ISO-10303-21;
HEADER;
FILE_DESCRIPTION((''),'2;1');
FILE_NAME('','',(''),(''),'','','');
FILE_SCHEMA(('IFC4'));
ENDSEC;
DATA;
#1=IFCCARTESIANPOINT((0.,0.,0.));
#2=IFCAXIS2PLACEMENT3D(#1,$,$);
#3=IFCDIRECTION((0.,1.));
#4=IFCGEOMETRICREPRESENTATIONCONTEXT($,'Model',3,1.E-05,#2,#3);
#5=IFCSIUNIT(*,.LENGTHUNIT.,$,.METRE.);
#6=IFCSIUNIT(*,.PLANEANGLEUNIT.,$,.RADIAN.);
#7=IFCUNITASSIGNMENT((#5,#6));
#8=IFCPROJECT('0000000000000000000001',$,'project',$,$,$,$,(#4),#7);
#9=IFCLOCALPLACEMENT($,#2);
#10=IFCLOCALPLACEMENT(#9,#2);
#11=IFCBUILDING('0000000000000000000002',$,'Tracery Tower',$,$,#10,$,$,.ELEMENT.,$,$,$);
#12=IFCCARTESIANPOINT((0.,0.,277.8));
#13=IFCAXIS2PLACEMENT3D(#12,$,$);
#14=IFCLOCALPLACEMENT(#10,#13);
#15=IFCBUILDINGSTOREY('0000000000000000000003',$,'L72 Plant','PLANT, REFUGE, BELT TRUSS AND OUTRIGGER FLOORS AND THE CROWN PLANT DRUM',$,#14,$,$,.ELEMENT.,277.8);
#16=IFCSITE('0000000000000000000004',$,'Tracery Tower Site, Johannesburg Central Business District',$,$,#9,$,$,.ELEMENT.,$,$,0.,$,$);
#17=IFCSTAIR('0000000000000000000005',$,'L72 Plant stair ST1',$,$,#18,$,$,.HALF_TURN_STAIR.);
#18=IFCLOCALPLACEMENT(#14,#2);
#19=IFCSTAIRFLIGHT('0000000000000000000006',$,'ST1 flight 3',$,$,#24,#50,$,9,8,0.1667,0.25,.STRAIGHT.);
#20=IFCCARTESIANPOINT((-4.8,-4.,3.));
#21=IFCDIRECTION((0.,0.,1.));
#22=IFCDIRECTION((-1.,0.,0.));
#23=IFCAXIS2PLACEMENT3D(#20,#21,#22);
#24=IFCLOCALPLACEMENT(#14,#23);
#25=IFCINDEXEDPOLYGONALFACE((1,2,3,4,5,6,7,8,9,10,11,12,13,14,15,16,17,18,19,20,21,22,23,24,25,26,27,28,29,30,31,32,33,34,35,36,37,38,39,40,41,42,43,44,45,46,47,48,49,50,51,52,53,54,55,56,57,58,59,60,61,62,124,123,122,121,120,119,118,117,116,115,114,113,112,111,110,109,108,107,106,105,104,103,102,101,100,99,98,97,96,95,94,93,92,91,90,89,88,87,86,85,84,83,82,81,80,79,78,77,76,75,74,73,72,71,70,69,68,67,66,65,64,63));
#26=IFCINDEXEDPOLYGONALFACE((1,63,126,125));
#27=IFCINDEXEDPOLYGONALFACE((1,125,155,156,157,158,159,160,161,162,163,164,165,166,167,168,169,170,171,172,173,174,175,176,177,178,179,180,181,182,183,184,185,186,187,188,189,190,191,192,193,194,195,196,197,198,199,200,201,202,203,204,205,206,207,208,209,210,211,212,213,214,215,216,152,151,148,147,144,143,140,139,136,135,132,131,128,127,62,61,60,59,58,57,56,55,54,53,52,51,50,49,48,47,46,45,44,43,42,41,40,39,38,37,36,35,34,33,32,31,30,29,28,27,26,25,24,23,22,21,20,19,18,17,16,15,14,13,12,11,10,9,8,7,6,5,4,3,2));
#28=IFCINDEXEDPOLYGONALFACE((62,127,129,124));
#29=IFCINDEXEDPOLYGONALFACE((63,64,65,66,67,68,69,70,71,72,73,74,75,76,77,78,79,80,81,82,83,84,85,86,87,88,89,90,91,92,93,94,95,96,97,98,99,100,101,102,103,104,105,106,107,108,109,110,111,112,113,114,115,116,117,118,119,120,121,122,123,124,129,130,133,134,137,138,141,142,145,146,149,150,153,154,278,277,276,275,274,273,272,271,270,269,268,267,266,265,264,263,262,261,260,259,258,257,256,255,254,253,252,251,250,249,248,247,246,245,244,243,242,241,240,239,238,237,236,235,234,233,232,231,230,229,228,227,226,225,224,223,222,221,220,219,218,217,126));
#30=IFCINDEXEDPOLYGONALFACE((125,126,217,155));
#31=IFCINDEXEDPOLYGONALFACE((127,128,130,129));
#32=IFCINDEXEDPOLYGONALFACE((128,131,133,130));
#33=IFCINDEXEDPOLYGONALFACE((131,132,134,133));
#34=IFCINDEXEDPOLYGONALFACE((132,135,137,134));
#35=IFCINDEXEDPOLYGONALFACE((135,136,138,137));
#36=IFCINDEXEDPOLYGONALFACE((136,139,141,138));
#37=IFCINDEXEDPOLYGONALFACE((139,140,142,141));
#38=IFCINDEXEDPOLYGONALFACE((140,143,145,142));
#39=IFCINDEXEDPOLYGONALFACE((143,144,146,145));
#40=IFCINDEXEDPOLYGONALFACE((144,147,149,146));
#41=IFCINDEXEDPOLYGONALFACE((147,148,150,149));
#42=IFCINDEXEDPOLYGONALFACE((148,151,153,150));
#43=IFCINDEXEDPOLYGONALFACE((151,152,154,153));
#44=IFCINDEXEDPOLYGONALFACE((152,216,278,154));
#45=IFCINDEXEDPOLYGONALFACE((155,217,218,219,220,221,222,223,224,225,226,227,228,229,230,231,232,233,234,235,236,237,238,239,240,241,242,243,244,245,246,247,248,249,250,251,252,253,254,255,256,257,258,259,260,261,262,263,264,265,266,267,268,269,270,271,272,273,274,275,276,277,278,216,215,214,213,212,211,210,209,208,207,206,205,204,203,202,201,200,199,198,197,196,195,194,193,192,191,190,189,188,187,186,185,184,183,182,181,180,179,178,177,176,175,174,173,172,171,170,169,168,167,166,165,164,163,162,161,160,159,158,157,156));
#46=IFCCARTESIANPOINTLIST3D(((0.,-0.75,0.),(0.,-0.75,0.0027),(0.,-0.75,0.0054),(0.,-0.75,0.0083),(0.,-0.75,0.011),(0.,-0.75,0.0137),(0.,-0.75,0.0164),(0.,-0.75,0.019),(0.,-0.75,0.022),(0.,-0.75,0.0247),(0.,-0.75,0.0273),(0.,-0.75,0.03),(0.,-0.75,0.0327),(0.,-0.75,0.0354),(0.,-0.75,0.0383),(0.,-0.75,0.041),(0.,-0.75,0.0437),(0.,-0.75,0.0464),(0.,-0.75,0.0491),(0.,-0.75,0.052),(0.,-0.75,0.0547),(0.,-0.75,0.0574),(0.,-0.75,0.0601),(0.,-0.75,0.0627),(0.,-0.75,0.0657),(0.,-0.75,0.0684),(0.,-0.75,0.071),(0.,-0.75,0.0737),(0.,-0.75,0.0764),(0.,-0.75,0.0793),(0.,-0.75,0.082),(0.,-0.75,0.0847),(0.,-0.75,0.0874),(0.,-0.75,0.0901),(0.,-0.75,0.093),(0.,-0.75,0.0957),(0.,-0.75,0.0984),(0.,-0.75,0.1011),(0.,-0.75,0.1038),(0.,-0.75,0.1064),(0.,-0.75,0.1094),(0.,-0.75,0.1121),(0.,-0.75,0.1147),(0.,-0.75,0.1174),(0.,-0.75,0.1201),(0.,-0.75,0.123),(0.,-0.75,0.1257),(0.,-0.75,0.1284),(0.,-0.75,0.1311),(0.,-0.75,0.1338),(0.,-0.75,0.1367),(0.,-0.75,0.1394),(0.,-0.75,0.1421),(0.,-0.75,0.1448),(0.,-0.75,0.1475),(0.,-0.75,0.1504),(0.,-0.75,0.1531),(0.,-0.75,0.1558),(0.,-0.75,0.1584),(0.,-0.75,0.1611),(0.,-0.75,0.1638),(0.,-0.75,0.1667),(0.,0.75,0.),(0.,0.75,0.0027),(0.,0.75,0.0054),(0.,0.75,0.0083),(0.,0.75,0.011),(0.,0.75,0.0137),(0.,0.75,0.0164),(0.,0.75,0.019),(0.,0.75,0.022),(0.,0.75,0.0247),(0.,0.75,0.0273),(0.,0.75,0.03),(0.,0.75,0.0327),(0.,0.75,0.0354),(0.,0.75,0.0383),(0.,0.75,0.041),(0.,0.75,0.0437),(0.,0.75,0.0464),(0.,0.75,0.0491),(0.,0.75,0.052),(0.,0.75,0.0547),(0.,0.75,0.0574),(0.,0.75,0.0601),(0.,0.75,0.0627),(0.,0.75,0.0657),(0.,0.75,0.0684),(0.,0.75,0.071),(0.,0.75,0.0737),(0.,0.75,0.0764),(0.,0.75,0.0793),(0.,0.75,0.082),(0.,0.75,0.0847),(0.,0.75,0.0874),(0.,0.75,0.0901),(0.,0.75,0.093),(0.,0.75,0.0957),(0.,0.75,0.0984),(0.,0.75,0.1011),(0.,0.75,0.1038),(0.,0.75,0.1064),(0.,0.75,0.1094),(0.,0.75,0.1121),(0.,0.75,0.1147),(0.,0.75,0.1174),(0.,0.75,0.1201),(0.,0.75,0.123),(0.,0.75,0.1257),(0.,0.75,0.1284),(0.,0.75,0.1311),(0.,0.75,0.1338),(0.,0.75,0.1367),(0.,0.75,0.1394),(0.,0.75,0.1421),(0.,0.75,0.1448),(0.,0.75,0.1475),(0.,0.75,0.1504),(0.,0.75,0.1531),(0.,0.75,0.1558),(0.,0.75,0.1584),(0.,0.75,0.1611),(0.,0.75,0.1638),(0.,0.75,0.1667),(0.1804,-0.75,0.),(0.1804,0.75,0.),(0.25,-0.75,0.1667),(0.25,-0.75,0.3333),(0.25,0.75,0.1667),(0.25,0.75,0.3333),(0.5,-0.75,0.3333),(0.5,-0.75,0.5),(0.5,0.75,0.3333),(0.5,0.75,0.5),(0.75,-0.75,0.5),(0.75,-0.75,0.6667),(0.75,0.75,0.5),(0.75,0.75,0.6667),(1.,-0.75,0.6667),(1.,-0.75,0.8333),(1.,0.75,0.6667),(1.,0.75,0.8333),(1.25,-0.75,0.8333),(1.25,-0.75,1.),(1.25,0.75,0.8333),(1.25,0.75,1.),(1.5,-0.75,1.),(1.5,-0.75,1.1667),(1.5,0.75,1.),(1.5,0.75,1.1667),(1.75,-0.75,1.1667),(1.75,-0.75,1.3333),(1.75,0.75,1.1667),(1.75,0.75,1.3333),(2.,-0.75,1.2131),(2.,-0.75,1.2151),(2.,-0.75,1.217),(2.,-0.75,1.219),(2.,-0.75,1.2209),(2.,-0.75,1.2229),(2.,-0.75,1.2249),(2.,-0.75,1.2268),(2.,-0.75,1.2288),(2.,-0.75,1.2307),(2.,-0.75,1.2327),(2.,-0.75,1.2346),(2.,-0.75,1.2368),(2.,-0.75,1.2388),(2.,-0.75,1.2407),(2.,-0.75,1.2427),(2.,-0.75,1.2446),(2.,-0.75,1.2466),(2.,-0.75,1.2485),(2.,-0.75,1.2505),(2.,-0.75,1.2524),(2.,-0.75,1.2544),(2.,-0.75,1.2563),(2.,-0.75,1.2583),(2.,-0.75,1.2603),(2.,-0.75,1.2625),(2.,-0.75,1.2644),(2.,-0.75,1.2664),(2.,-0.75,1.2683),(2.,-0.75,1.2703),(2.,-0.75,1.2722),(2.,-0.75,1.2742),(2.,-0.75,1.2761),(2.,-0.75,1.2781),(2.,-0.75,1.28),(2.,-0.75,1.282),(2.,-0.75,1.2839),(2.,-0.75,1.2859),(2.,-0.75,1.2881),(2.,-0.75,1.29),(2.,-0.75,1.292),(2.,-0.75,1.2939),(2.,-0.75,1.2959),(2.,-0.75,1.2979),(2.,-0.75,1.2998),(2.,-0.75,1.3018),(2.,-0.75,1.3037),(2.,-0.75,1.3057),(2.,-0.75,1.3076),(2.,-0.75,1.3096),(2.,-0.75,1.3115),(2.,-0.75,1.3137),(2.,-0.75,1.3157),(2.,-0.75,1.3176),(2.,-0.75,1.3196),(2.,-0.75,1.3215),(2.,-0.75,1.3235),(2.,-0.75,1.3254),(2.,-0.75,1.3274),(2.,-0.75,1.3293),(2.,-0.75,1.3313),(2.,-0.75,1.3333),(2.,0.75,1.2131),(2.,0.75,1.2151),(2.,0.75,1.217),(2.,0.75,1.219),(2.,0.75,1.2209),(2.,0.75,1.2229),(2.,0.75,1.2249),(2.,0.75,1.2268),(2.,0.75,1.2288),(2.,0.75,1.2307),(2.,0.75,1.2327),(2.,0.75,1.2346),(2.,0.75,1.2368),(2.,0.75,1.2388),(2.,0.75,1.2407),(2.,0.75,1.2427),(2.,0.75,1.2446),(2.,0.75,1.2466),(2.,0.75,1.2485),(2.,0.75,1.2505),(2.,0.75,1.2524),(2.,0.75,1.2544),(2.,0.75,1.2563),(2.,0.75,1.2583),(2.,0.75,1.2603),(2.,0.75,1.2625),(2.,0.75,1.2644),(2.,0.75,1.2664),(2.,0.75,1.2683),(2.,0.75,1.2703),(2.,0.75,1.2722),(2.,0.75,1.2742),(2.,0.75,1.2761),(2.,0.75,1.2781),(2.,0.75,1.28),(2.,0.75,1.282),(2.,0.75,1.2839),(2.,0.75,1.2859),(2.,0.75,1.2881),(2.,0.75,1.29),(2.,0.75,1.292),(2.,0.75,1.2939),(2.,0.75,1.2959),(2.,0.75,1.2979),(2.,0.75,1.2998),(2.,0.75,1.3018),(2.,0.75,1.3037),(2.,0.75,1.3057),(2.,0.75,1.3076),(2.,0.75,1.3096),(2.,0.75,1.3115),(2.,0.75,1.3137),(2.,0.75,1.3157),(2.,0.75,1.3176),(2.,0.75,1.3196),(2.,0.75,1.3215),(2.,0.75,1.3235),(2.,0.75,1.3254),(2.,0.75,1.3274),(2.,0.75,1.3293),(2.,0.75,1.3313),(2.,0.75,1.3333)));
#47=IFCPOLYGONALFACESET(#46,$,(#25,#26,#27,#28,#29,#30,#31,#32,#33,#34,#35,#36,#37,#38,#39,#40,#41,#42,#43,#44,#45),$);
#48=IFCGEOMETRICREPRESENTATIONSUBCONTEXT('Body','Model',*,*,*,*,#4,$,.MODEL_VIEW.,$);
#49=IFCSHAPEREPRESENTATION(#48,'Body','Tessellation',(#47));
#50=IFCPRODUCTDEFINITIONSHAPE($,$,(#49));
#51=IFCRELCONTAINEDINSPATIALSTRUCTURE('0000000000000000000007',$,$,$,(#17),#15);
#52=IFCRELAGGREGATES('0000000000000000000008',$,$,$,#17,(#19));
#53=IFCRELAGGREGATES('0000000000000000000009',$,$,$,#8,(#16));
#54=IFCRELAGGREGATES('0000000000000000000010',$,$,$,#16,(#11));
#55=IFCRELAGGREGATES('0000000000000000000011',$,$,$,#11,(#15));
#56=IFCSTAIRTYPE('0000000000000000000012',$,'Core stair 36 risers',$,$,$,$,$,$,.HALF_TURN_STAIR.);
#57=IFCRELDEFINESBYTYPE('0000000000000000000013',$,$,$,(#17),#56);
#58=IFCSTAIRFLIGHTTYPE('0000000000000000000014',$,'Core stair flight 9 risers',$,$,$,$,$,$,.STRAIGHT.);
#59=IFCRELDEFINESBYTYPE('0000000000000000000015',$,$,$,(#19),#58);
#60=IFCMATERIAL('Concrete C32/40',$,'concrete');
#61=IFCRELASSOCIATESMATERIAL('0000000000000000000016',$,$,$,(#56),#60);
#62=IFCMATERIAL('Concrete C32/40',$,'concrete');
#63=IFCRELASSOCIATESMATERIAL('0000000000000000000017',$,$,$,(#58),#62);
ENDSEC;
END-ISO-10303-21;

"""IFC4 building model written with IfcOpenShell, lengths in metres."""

from ifc_helpers import new_model, si_unit, direction, frame, origin, place, context, subcontext, project, spatial, polyline, outline, extrude, material, type_object, element, aggregate, save


model = new_model("IFC4")

# Units and contexts
model_context = context("Model", 3, precision=1e-05, world=origin(), true_north=direction((0.0, 1.0)))
body_context = subcontext(model_context, "Body", "Model", "MODEL_VIEW")
ifc_project = project(units=[si_unit("LENGTHUNIT", "METRE"), si_unit("PLANEANGLEUNIT", "RADIAN")], contexts=[model_context])

# Site, building, storey
site_placement = place(None, origin())
site = spatial("IfcSite", under=ifc_project, at=site_placement, Name="Tracery Tower Site, Johannesburg Central Business District", CompositionType="ELEMENT", RefElevation=0.0)
building_placement = place(site_placement, origin())
building = spatial("IfcBuilding", under=site, at=building_placement, Name="Tracery Tower", CompositionType="ELEMENT")
storey_placement = place(building_placement, frame((0.0, 0.0, 277.8)))
storey = spatial("IfcBuildingStorey", under=building, at=storey_placement, Name="L72 Plant", Description="PLANT, REFUGE, BELT TRUSS AND OUTRIGGER FLOORS AND THE CROWN PLANT DRUM", CompositionType="ELEMENT", Elevation=277.8)

# Stair
ifc_material_1 = material(Name="Concrete C32/40", Category="concrete")
stair_type = type_object("IfcStairType", Name="Core stair 36 risers", PredefinedType="HALF_TURN_STAIR", material=ifc_material_1)
stair_1_placement = place(storey_placement, origin())
stair_1 = element("IfcStair", 1, at=stair_1_placement, inside=storey, type_object=stair_type, Name="L72 Plant stair ST1", PredefinedType="HALF_TURN_STAIR")

# Stair flight
ifc_material_2 = material(Name="Concrete C32/40", Category="concrete")
stair_flight_type = type_object("IfcStairFlightType", Name="Core stair flight 9 risers", PredefinedType="STRAIGHT", material=ifc_material_2)
stair_flight_1_placement = place(storey_placement, frame((-4.8, -4.0, 3.0), z_axis=(0.0, 0.0, 1.0), x_axis=(-1.0, 0.0, 0.0)))
stair_flight_1 = element("IfcStairFlight", 2, at=stair_flight_1_placement, type_object=stair_flight_type, Name="ST1 flight 3", NumberOfRisers=9, NumberOfTreads=8, PredefinedType="STRAIGHT", RiserHeight=0.1667, TreadLength=0.25, context=body_context, shape_type="SweptSolid", body=[
    extrude(outline(polyline([(0.0, 0.0), (0.0, 0.0027), (0.0, 0.0054), (0.0, 0.0083), (0.0, 0.011), (0.0, 0.0137), (0.0, 0.0164), (0.0, 0.019), (0.0, 0.022), (0.0, 0.0247), (0.0, 0.0273), (0.0, 0.03), (0.0, 0.0327), (0.0, 0.0354), (0.0, 0.0383), (0.0, 0.041), (0.0, 0.0437), (0.0, 0.0464), (0.0, 0.0491), (0.0, 0.052), (0.0, 0.0547), (0.0, 0.0574), (0.0, 0.0601), (0.0, 0.0627), (0.0, 0.0657), (0.0, 0.0684), (0.0, 0.071), (0.0, 0.0737), (0.0, 0.0764), (0.0, 0.0793), (0.0, 0.082), (0.0, 0.0847), (0.0, 0.0874), (0.0, 0.0901), (0.0, 0.093), (0.0, 0.0957), (0.0, 0.0984), (0.0, 0.1011), (0.0, 0.1038), (0.0, 0.1064), (0.0, 0.1094), (0.0, 0.1121), (0.0, 0.1147), (0.0, 0.1174), (0.0, 0.1201), (0.0, 0.123), (0.0, 0.1257), (0.0, 0.1284), (0.0, 0.1311), (0.0, 0.1338), (0.0, 0.1367), (0.0, 0.1394), (0.0, 0.1421), (0.0, 0.1448), (0.0, 0.1475), (0.0, 0.1504), (0.0, 0.1531), (0.0, 0.1558), (0.0, 0.1584), (0.0, 0.1611), (0.0, 0.1638), (0.0, 0.1667), (0.25, 0.1667), (0.25, 0.3333), (0.5, 0.3333), (0.5, 0.5), (0.75, 0.5), (0.75, 0.6667), (1.0, 0.6667), (1.0, 0.8333), (1.25, 0.8333), (1.25, 1.0), (1.5, 1.0), (1.5, 1.1667), (1.75, 1.1667), (1.75, 1.3333), (2.0, 1.3333), (2.0, 1.3313), (2.0, 1.3293), (2.0, 1.3274), (2.0, 1.3254), (2.0, 1.3235), (2.0, 1.3215), (2.0, 1.3196), (2.0, 1.3176), (2.0, 1.3157), (2.0, 1.3137), (2.0, 1.3115), (2.0, 1.3096), (2.0, 1.3076), (2.0, 1.3057), (2.0, 1.3037), (2.0, 1.3018), (2.0, 1.2998), (2.0, 1.2979), (2.0, 1.2959), (2.0, 1.2939), (2.0, 1.292), (2.0, 1.29), (2.0, 1.2881), (2.0, 1.2859), (2.0, 1.2839), (2.0, 1.282), (2.0, 1.28), (2.0, 1.2781), (2.0, 1.2761), (2.0, 1.2742), (2.0, 1.2722), (2.0, 1.2703), (2.0, 1.2683), (2.0, 1.2664), (2.0, 1.2644), (2.0, 1.2625), (2.0, 1.2603), (2.0, 1.2583), (2.0, 1.2563), (2.0, 1.2544), (2.0, 1.2524), (2.0, 1.2505), (2.0, 1.2485), (2.0, 1.2466), (2.0, 1.2446), (2.0, 1.2427), (2.0, 1.2407), (2.0, 1.2388), (2.0, 1.2368), (2.0, 1.2346), (2.0, 1.2327), (2.0, 1.2307), (2.0, 1.2288), (2.0, 1.2268), (2.0, 1.2249), (2.0, 1.2229), (2.0, 1.2209), (2.0, 1.219), (2.0, 1.217), (2.0, 1.2151), (2.0, 1.2131), (0.1804, 0.0), (0.0, 0.0)])), frame((0.0, 0.75, 0.0), z_axis=(0.0, -1.0, 0.0), x_axis=(1.0, 0.0, 0.0)), (0.0, 0.0, 1.0), 1.5),
])
aggregate(stair_1, [stair_flight_1])

save(model, "model.ifc")
